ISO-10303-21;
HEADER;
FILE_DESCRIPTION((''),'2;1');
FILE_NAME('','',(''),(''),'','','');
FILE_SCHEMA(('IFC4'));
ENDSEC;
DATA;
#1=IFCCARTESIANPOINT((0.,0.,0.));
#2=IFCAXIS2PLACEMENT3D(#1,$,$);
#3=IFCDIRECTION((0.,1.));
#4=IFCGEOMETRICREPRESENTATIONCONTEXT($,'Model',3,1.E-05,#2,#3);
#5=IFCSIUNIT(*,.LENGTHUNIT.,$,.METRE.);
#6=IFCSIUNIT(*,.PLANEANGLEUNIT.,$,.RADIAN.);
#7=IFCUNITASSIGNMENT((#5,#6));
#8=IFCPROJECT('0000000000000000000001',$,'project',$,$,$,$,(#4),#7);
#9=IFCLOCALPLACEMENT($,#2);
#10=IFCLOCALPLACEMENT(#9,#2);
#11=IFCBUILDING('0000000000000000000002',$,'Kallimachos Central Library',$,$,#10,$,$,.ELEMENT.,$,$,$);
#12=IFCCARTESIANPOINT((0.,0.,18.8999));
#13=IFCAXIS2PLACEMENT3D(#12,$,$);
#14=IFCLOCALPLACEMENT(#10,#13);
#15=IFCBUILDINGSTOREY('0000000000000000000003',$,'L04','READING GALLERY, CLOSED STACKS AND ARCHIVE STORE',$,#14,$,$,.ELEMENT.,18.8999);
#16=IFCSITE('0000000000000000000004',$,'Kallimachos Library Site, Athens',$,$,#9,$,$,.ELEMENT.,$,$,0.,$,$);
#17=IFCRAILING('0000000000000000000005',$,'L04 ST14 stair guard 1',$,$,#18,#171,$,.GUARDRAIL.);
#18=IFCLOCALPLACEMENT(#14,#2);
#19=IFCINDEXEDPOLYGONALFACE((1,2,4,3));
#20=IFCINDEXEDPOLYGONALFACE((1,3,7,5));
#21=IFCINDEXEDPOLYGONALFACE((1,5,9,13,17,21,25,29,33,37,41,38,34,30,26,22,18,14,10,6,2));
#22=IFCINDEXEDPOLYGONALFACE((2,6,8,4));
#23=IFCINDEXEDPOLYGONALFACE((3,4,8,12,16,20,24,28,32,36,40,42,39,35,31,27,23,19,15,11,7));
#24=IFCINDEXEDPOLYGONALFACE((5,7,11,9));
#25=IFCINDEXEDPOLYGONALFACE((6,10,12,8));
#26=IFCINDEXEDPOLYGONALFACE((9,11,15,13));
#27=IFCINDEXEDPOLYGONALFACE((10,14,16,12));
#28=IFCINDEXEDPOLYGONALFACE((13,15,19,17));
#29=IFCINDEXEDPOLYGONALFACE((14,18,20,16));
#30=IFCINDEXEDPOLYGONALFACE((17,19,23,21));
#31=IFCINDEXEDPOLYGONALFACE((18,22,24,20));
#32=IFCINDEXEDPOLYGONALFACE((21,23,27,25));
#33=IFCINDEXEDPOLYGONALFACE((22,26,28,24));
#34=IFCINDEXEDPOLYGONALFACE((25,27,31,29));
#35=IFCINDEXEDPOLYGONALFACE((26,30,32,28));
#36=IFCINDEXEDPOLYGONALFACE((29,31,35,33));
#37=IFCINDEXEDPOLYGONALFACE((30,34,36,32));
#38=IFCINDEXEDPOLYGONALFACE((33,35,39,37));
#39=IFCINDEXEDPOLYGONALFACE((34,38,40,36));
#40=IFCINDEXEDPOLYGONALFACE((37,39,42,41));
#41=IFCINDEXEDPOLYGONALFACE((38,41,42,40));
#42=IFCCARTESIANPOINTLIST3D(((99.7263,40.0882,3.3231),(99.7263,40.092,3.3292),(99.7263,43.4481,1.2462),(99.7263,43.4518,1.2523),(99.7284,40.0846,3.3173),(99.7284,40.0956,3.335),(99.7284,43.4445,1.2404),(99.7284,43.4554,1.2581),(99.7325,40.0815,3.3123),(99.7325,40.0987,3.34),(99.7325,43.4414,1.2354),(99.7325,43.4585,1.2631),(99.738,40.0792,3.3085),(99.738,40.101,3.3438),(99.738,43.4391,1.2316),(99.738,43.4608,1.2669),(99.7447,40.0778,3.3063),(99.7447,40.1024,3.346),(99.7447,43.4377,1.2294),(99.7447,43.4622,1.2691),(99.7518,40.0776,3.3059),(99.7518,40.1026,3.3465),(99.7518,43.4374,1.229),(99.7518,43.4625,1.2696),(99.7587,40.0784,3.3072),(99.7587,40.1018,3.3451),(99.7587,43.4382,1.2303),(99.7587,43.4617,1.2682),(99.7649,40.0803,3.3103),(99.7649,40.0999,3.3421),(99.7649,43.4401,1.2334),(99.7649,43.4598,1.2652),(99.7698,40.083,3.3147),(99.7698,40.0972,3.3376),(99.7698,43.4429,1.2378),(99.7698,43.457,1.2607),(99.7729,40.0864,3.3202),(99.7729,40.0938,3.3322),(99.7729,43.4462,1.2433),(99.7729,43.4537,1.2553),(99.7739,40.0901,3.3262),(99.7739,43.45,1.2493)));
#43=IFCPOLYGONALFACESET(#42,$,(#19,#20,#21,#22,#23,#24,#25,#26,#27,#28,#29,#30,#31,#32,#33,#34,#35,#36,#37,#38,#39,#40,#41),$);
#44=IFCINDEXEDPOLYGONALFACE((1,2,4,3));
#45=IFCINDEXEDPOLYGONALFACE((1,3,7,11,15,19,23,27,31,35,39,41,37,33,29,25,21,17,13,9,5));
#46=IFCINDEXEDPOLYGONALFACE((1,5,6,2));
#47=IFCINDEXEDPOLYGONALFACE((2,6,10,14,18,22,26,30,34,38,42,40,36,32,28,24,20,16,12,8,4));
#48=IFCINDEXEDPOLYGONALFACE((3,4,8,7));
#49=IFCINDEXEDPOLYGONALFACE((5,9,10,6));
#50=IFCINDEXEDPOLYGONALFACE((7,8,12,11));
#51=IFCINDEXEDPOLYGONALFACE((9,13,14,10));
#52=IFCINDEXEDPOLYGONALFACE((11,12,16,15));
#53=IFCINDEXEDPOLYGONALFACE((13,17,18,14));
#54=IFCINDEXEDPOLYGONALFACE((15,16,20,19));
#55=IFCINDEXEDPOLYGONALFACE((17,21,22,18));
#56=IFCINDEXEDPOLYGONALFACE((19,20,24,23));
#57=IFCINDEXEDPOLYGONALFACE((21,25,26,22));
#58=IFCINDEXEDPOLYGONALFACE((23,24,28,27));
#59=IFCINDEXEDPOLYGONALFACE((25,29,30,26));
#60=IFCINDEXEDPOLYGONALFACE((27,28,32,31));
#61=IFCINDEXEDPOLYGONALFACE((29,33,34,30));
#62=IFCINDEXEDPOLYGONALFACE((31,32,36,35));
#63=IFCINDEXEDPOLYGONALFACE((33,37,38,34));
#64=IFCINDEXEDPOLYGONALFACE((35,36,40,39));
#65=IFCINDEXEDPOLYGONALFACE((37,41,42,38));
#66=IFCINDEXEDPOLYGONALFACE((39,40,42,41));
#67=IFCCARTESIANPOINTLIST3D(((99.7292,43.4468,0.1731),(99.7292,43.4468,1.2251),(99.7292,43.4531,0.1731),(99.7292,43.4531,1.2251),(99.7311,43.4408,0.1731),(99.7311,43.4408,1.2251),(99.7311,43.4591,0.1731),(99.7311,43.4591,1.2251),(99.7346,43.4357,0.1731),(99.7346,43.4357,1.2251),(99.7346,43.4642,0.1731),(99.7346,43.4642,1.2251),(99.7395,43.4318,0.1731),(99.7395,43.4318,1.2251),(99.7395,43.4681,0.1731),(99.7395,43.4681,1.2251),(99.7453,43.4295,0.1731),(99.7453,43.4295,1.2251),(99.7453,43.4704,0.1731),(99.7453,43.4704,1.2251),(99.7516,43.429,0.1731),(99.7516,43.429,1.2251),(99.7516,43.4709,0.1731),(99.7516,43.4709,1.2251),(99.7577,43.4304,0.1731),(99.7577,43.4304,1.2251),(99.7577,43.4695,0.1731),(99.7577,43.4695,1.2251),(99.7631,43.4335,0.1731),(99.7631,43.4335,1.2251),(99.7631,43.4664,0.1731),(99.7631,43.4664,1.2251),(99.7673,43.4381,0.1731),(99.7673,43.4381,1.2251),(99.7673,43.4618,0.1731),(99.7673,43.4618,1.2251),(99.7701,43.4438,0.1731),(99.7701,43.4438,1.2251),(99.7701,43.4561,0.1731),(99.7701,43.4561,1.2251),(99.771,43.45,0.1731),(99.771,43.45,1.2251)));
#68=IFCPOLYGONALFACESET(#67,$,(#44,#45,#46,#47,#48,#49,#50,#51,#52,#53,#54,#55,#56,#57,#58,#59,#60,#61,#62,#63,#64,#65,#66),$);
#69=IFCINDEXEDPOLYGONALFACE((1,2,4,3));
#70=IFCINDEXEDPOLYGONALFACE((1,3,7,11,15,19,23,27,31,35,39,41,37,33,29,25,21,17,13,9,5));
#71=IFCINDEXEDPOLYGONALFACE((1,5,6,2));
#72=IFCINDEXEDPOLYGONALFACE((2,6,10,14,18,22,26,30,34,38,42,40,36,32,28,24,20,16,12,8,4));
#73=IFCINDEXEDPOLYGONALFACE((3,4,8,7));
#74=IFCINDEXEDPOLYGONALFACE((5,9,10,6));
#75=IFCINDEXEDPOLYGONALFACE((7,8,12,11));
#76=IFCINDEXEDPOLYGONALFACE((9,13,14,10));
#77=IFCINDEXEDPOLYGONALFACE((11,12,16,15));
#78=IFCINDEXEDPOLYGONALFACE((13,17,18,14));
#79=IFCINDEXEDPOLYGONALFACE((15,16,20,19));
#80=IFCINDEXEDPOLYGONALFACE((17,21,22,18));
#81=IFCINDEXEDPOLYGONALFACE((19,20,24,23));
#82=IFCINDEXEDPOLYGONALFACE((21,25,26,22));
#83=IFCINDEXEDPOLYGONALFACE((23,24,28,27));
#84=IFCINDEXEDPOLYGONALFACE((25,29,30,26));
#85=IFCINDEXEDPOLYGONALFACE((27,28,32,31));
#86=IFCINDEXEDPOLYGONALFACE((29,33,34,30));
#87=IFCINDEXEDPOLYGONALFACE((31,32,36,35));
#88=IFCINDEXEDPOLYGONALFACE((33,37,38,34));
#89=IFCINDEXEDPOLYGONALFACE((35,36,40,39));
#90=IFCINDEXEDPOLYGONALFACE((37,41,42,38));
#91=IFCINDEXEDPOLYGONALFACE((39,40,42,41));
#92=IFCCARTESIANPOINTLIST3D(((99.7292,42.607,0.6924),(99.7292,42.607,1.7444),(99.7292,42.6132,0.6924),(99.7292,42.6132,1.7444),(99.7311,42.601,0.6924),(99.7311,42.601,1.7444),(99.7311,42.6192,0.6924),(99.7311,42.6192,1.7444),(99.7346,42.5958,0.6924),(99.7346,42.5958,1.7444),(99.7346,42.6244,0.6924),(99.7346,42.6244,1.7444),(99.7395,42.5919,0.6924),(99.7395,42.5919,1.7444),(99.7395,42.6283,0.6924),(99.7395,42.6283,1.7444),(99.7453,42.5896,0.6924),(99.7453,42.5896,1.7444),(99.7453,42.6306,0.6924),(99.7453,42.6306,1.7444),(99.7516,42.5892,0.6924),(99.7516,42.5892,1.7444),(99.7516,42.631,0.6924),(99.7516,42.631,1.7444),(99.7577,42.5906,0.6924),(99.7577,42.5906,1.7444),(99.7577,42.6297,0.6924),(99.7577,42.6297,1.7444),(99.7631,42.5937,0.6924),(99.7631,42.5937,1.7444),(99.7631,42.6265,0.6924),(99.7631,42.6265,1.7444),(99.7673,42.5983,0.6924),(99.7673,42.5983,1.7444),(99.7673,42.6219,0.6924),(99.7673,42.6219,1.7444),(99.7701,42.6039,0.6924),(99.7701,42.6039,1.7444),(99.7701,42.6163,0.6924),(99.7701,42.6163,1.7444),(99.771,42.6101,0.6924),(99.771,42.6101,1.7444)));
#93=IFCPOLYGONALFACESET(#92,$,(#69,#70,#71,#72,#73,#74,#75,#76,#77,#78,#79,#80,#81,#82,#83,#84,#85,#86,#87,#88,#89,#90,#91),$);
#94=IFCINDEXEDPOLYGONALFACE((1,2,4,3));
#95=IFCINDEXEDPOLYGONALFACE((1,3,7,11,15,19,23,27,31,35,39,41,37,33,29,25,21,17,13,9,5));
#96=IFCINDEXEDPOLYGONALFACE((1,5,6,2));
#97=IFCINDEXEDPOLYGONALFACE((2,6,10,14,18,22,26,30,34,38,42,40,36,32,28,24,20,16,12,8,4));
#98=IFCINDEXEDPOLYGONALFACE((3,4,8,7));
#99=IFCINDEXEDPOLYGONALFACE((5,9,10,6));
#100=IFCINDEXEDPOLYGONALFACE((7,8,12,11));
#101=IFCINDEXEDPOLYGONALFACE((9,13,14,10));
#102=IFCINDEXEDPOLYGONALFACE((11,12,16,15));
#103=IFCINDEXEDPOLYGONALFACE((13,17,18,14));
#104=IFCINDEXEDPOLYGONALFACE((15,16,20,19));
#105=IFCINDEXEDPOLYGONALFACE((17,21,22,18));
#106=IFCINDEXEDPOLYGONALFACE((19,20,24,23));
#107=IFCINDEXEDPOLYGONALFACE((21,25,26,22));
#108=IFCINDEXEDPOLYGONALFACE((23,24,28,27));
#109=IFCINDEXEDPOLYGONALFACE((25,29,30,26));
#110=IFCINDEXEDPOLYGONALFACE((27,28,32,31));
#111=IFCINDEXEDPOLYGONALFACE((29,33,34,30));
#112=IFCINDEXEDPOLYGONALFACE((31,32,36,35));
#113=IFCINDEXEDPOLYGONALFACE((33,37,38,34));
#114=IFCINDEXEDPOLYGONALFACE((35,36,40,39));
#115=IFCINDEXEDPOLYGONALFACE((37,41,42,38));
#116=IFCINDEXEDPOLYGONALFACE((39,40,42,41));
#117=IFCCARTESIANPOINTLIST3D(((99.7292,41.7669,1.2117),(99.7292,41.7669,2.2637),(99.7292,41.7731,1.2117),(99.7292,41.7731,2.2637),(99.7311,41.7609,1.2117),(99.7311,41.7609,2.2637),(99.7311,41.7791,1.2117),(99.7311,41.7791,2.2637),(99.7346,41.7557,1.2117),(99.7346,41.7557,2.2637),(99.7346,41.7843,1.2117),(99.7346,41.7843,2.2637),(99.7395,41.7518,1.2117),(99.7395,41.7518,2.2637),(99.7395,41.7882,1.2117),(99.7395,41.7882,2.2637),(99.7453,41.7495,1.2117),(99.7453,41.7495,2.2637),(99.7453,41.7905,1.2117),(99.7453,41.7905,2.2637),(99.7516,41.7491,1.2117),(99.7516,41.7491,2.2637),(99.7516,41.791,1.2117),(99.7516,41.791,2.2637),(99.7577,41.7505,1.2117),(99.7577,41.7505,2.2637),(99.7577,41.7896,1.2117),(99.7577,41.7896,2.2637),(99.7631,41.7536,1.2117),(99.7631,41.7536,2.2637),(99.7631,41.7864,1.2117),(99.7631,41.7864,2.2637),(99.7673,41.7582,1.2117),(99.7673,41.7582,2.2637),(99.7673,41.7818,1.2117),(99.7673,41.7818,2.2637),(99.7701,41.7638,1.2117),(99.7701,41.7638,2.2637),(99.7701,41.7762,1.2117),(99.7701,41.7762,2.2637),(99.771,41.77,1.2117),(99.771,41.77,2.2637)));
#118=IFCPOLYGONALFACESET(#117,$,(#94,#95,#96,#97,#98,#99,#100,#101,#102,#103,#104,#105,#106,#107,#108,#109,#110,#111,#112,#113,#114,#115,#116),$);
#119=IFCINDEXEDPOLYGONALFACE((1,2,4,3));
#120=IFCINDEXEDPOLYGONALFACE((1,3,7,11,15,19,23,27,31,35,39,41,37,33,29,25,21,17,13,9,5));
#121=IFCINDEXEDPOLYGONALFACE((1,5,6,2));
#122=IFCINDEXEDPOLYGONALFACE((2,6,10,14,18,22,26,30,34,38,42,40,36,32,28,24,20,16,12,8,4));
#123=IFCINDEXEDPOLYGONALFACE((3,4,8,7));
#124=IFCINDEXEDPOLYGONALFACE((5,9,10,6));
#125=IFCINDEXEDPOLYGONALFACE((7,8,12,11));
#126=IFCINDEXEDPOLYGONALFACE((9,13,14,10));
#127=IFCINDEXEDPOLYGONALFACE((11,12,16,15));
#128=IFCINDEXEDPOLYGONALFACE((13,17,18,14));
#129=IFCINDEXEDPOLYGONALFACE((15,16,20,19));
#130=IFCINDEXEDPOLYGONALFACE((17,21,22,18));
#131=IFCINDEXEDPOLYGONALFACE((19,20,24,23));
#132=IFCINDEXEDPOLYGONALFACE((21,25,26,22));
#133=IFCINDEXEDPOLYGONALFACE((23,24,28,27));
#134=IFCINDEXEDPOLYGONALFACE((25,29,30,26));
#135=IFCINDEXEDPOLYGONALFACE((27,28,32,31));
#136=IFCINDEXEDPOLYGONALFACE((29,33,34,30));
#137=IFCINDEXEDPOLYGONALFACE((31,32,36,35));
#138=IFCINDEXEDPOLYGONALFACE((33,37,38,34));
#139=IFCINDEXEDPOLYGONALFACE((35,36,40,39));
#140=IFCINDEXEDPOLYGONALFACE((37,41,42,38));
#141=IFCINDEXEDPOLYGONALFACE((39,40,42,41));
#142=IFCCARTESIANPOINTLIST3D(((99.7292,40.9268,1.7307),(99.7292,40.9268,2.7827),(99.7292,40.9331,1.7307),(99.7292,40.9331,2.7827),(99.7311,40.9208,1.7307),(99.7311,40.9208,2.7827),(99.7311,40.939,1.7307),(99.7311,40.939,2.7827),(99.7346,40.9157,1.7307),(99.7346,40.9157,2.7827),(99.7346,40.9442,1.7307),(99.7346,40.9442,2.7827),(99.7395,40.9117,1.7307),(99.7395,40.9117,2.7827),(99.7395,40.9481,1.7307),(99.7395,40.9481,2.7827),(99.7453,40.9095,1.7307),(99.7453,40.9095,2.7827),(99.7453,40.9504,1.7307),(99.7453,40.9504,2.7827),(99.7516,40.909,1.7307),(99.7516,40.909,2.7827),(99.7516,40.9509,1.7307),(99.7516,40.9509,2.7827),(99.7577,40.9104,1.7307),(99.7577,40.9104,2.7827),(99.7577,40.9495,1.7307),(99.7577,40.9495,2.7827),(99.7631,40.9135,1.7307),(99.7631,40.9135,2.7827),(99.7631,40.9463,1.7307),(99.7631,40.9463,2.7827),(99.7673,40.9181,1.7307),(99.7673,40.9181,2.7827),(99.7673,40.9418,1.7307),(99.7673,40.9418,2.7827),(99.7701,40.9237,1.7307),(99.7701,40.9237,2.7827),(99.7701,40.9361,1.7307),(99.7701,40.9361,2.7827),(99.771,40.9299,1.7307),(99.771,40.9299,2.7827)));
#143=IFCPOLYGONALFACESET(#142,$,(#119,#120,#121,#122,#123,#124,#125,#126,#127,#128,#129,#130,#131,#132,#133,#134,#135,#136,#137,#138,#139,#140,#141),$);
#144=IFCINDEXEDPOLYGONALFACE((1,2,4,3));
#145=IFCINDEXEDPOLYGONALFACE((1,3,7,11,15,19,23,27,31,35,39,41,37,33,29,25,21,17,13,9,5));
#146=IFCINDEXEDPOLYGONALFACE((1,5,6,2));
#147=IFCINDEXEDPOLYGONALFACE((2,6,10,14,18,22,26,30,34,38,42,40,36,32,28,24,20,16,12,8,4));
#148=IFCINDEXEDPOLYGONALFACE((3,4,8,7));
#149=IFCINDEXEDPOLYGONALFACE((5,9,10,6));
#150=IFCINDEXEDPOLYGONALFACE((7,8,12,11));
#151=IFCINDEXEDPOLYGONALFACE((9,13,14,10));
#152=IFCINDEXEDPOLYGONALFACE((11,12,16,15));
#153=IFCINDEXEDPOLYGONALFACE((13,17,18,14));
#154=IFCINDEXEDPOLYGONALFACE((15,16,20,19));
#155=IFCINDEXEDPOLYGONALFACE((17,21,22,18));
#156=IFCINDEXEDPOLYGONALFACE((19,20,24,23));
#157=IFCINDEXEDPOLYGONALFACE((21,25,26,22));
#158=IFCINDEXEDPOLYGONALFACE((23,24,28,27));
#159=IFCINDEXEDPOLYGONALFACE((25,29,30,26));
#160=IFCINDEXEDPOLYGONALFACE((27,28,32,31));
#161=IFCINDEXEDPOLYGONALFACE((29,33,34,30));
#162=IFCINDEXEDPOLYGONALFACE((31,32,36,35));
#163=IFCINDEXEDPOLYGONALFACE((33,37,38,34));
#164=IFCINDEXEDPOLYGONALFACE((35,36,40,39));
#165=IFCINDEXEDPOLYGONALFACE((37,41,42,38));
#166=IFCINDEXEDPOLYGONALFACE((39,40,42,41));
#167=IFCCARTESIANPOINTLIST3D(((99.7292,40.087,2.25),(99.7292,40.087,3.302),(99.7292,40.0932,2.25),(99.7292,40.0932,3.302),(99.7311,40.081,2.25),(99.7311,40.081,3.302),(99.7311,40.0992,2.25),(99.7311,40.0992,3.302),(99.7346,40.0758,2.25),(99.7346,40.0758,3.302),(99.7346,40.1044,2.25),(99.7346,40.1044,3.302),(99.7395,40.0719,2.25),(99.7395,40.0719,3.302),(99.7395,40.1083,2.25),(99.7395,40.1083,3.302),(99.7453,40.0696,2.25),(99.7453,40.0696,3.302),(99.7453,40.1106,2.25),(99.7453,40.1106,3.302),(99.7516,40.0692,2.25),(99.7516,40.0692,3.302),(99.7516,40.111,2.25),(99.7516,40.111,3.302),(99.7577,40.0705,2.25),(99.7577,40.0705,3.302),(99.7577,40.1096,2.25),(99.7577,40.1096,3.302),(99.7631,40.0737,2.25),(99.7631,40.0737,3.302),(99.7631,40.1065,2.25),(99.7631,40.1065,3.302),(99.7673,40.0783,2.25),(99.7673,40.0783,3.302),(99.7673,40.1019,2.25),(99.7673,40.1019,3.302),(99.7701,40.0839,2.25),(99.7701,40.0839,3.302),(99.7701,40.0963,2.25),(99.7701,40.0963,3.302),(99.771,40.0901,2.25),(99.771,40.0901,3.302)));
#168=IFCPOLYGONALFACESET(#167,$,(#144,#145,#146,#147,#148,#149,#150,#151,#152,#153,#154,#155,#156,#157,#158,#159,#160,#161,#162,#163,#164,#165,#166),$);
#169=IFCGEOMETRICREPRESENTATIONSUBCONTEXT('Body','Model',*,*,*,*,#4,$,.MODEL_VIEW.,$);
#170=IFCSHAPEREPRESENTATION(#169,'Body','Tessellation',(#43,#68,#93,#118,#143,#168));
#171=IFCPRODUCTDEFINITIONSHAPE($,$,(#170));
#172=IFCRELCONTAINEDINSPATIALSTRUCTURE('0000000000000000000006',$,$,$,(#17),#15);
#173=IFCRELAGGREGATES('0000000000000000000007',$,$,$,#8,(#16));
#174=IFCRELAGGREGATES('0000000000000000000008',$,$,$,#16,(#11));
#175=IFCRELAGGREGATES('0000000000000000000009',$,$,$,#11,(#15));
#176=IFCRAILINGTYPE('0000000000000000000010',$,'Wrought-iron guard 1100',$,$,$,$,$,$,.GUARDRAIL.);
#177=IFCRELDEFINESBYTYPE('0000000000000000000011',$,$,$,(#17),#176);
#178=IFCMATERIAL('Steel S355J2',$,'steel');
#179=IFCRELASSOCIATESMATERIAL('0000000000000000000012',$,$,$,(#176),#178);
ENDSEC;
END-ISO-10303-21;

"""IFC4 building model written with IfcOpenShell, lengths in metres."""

from ifc_helpers import new_model, si_unit, direction, frame, origin, origin_2d, place, context, subcontext, project, spatial, circle, extrude, material, type_object, element, save


model = new_model("IFC4")

# Units and contexts
model_context = context("Model", 3, precision=1e-05, world=origin(), true_north=direction((0.0, 1.0)))
body_context = subcontext(model_context, "Body", "Model", "MODEL_VIEW")
ifc_project = project(units=[si_unit("LENGTHUNIT", "METRE"), si_unit("PLANEANGLEUNIT", "RADIAN")], contexts=[model_context])

# Site, building, storey
site_placement = place(None, origin())
site = spatial("IfcSite", under=ifc_project, at=site_placement, Name="Kallimachos Library Site, Athens", CompositionType="ELEMENT", RefElevation=0.0)
building_placement = place(site_placement, origin())
building = spatial("IfcBuilding", under=site, at=building_placement, Name="Kallimachos Central Library", CompositionType="ELEMENT")
storey_placement = place(building_placement, frame((0.0, 0.0, 18.8999)))
storey = spatial("IfcBuildingStorey", under=building, at=storey_placement, Name="L04", Description="READING GALLERY, CLOSED STACKS AND ARCHIVE STORE", CompositionType="ELEMENT", Elevation=18.8999)

# Railing
ifc_material_1 = material(Name="Steel S355J2", Category="steel")
railing_type_1 = type_object("IfcRailingType", Name="Wrought-iron guard 1100", PredefinedType="GUARDRAIL", material=ifc_material_1)
railing_1_placement = place(storey_placement, frame((99.75, 43.45, 0.1731)))
element("IfcRailing", 1, at=railing_1_placement, inside=storey, type_object=railing_type_1, Name="L04 ST14 stair guard 1", PredefinedType="GUARDRAIL", context=body_context, shape_type="SweptSolid", body=[
    extrude(circle(Radius=0.0239, at=origin_2d()), frame((0.0, 0.0, 1.0762), z_axis=(0.0, -0.850606, 0.525803), x_axis=(1.0, 0.0, 0.0)), (0.0, 0.0, 1.0), 3.95),
    extrude(circle(Radius=0.021, at=origin_2d()), origin(), (0.0, 0.0, 1.0), 1.052),
    extrude(circle(Radius=0.021, at=origin_2d()), frame((0.0, -0.8398, 0.5193)), (0.0, 0.0, 1.0), 1.052),
    extrude(circle(Radius=0.021, at=origin_2d()), frame((0.0, -1.6799, 1.0386)), (0.0, 0.0, 1.0), 1.052),
    extrude(circle(Radius=0.021, at=origin_2d()), frame((0.0, -2.52, 1.5576)), (0.0, 0.0, 1.0), 1.052),
    extrude(circle(Radius=0.021, at=origin_2d()), frame((0.0, -3.3599, 2.0769)), (0.0, 0.0, 1.0), 1.052),
])

save(model, "model.ifc")
